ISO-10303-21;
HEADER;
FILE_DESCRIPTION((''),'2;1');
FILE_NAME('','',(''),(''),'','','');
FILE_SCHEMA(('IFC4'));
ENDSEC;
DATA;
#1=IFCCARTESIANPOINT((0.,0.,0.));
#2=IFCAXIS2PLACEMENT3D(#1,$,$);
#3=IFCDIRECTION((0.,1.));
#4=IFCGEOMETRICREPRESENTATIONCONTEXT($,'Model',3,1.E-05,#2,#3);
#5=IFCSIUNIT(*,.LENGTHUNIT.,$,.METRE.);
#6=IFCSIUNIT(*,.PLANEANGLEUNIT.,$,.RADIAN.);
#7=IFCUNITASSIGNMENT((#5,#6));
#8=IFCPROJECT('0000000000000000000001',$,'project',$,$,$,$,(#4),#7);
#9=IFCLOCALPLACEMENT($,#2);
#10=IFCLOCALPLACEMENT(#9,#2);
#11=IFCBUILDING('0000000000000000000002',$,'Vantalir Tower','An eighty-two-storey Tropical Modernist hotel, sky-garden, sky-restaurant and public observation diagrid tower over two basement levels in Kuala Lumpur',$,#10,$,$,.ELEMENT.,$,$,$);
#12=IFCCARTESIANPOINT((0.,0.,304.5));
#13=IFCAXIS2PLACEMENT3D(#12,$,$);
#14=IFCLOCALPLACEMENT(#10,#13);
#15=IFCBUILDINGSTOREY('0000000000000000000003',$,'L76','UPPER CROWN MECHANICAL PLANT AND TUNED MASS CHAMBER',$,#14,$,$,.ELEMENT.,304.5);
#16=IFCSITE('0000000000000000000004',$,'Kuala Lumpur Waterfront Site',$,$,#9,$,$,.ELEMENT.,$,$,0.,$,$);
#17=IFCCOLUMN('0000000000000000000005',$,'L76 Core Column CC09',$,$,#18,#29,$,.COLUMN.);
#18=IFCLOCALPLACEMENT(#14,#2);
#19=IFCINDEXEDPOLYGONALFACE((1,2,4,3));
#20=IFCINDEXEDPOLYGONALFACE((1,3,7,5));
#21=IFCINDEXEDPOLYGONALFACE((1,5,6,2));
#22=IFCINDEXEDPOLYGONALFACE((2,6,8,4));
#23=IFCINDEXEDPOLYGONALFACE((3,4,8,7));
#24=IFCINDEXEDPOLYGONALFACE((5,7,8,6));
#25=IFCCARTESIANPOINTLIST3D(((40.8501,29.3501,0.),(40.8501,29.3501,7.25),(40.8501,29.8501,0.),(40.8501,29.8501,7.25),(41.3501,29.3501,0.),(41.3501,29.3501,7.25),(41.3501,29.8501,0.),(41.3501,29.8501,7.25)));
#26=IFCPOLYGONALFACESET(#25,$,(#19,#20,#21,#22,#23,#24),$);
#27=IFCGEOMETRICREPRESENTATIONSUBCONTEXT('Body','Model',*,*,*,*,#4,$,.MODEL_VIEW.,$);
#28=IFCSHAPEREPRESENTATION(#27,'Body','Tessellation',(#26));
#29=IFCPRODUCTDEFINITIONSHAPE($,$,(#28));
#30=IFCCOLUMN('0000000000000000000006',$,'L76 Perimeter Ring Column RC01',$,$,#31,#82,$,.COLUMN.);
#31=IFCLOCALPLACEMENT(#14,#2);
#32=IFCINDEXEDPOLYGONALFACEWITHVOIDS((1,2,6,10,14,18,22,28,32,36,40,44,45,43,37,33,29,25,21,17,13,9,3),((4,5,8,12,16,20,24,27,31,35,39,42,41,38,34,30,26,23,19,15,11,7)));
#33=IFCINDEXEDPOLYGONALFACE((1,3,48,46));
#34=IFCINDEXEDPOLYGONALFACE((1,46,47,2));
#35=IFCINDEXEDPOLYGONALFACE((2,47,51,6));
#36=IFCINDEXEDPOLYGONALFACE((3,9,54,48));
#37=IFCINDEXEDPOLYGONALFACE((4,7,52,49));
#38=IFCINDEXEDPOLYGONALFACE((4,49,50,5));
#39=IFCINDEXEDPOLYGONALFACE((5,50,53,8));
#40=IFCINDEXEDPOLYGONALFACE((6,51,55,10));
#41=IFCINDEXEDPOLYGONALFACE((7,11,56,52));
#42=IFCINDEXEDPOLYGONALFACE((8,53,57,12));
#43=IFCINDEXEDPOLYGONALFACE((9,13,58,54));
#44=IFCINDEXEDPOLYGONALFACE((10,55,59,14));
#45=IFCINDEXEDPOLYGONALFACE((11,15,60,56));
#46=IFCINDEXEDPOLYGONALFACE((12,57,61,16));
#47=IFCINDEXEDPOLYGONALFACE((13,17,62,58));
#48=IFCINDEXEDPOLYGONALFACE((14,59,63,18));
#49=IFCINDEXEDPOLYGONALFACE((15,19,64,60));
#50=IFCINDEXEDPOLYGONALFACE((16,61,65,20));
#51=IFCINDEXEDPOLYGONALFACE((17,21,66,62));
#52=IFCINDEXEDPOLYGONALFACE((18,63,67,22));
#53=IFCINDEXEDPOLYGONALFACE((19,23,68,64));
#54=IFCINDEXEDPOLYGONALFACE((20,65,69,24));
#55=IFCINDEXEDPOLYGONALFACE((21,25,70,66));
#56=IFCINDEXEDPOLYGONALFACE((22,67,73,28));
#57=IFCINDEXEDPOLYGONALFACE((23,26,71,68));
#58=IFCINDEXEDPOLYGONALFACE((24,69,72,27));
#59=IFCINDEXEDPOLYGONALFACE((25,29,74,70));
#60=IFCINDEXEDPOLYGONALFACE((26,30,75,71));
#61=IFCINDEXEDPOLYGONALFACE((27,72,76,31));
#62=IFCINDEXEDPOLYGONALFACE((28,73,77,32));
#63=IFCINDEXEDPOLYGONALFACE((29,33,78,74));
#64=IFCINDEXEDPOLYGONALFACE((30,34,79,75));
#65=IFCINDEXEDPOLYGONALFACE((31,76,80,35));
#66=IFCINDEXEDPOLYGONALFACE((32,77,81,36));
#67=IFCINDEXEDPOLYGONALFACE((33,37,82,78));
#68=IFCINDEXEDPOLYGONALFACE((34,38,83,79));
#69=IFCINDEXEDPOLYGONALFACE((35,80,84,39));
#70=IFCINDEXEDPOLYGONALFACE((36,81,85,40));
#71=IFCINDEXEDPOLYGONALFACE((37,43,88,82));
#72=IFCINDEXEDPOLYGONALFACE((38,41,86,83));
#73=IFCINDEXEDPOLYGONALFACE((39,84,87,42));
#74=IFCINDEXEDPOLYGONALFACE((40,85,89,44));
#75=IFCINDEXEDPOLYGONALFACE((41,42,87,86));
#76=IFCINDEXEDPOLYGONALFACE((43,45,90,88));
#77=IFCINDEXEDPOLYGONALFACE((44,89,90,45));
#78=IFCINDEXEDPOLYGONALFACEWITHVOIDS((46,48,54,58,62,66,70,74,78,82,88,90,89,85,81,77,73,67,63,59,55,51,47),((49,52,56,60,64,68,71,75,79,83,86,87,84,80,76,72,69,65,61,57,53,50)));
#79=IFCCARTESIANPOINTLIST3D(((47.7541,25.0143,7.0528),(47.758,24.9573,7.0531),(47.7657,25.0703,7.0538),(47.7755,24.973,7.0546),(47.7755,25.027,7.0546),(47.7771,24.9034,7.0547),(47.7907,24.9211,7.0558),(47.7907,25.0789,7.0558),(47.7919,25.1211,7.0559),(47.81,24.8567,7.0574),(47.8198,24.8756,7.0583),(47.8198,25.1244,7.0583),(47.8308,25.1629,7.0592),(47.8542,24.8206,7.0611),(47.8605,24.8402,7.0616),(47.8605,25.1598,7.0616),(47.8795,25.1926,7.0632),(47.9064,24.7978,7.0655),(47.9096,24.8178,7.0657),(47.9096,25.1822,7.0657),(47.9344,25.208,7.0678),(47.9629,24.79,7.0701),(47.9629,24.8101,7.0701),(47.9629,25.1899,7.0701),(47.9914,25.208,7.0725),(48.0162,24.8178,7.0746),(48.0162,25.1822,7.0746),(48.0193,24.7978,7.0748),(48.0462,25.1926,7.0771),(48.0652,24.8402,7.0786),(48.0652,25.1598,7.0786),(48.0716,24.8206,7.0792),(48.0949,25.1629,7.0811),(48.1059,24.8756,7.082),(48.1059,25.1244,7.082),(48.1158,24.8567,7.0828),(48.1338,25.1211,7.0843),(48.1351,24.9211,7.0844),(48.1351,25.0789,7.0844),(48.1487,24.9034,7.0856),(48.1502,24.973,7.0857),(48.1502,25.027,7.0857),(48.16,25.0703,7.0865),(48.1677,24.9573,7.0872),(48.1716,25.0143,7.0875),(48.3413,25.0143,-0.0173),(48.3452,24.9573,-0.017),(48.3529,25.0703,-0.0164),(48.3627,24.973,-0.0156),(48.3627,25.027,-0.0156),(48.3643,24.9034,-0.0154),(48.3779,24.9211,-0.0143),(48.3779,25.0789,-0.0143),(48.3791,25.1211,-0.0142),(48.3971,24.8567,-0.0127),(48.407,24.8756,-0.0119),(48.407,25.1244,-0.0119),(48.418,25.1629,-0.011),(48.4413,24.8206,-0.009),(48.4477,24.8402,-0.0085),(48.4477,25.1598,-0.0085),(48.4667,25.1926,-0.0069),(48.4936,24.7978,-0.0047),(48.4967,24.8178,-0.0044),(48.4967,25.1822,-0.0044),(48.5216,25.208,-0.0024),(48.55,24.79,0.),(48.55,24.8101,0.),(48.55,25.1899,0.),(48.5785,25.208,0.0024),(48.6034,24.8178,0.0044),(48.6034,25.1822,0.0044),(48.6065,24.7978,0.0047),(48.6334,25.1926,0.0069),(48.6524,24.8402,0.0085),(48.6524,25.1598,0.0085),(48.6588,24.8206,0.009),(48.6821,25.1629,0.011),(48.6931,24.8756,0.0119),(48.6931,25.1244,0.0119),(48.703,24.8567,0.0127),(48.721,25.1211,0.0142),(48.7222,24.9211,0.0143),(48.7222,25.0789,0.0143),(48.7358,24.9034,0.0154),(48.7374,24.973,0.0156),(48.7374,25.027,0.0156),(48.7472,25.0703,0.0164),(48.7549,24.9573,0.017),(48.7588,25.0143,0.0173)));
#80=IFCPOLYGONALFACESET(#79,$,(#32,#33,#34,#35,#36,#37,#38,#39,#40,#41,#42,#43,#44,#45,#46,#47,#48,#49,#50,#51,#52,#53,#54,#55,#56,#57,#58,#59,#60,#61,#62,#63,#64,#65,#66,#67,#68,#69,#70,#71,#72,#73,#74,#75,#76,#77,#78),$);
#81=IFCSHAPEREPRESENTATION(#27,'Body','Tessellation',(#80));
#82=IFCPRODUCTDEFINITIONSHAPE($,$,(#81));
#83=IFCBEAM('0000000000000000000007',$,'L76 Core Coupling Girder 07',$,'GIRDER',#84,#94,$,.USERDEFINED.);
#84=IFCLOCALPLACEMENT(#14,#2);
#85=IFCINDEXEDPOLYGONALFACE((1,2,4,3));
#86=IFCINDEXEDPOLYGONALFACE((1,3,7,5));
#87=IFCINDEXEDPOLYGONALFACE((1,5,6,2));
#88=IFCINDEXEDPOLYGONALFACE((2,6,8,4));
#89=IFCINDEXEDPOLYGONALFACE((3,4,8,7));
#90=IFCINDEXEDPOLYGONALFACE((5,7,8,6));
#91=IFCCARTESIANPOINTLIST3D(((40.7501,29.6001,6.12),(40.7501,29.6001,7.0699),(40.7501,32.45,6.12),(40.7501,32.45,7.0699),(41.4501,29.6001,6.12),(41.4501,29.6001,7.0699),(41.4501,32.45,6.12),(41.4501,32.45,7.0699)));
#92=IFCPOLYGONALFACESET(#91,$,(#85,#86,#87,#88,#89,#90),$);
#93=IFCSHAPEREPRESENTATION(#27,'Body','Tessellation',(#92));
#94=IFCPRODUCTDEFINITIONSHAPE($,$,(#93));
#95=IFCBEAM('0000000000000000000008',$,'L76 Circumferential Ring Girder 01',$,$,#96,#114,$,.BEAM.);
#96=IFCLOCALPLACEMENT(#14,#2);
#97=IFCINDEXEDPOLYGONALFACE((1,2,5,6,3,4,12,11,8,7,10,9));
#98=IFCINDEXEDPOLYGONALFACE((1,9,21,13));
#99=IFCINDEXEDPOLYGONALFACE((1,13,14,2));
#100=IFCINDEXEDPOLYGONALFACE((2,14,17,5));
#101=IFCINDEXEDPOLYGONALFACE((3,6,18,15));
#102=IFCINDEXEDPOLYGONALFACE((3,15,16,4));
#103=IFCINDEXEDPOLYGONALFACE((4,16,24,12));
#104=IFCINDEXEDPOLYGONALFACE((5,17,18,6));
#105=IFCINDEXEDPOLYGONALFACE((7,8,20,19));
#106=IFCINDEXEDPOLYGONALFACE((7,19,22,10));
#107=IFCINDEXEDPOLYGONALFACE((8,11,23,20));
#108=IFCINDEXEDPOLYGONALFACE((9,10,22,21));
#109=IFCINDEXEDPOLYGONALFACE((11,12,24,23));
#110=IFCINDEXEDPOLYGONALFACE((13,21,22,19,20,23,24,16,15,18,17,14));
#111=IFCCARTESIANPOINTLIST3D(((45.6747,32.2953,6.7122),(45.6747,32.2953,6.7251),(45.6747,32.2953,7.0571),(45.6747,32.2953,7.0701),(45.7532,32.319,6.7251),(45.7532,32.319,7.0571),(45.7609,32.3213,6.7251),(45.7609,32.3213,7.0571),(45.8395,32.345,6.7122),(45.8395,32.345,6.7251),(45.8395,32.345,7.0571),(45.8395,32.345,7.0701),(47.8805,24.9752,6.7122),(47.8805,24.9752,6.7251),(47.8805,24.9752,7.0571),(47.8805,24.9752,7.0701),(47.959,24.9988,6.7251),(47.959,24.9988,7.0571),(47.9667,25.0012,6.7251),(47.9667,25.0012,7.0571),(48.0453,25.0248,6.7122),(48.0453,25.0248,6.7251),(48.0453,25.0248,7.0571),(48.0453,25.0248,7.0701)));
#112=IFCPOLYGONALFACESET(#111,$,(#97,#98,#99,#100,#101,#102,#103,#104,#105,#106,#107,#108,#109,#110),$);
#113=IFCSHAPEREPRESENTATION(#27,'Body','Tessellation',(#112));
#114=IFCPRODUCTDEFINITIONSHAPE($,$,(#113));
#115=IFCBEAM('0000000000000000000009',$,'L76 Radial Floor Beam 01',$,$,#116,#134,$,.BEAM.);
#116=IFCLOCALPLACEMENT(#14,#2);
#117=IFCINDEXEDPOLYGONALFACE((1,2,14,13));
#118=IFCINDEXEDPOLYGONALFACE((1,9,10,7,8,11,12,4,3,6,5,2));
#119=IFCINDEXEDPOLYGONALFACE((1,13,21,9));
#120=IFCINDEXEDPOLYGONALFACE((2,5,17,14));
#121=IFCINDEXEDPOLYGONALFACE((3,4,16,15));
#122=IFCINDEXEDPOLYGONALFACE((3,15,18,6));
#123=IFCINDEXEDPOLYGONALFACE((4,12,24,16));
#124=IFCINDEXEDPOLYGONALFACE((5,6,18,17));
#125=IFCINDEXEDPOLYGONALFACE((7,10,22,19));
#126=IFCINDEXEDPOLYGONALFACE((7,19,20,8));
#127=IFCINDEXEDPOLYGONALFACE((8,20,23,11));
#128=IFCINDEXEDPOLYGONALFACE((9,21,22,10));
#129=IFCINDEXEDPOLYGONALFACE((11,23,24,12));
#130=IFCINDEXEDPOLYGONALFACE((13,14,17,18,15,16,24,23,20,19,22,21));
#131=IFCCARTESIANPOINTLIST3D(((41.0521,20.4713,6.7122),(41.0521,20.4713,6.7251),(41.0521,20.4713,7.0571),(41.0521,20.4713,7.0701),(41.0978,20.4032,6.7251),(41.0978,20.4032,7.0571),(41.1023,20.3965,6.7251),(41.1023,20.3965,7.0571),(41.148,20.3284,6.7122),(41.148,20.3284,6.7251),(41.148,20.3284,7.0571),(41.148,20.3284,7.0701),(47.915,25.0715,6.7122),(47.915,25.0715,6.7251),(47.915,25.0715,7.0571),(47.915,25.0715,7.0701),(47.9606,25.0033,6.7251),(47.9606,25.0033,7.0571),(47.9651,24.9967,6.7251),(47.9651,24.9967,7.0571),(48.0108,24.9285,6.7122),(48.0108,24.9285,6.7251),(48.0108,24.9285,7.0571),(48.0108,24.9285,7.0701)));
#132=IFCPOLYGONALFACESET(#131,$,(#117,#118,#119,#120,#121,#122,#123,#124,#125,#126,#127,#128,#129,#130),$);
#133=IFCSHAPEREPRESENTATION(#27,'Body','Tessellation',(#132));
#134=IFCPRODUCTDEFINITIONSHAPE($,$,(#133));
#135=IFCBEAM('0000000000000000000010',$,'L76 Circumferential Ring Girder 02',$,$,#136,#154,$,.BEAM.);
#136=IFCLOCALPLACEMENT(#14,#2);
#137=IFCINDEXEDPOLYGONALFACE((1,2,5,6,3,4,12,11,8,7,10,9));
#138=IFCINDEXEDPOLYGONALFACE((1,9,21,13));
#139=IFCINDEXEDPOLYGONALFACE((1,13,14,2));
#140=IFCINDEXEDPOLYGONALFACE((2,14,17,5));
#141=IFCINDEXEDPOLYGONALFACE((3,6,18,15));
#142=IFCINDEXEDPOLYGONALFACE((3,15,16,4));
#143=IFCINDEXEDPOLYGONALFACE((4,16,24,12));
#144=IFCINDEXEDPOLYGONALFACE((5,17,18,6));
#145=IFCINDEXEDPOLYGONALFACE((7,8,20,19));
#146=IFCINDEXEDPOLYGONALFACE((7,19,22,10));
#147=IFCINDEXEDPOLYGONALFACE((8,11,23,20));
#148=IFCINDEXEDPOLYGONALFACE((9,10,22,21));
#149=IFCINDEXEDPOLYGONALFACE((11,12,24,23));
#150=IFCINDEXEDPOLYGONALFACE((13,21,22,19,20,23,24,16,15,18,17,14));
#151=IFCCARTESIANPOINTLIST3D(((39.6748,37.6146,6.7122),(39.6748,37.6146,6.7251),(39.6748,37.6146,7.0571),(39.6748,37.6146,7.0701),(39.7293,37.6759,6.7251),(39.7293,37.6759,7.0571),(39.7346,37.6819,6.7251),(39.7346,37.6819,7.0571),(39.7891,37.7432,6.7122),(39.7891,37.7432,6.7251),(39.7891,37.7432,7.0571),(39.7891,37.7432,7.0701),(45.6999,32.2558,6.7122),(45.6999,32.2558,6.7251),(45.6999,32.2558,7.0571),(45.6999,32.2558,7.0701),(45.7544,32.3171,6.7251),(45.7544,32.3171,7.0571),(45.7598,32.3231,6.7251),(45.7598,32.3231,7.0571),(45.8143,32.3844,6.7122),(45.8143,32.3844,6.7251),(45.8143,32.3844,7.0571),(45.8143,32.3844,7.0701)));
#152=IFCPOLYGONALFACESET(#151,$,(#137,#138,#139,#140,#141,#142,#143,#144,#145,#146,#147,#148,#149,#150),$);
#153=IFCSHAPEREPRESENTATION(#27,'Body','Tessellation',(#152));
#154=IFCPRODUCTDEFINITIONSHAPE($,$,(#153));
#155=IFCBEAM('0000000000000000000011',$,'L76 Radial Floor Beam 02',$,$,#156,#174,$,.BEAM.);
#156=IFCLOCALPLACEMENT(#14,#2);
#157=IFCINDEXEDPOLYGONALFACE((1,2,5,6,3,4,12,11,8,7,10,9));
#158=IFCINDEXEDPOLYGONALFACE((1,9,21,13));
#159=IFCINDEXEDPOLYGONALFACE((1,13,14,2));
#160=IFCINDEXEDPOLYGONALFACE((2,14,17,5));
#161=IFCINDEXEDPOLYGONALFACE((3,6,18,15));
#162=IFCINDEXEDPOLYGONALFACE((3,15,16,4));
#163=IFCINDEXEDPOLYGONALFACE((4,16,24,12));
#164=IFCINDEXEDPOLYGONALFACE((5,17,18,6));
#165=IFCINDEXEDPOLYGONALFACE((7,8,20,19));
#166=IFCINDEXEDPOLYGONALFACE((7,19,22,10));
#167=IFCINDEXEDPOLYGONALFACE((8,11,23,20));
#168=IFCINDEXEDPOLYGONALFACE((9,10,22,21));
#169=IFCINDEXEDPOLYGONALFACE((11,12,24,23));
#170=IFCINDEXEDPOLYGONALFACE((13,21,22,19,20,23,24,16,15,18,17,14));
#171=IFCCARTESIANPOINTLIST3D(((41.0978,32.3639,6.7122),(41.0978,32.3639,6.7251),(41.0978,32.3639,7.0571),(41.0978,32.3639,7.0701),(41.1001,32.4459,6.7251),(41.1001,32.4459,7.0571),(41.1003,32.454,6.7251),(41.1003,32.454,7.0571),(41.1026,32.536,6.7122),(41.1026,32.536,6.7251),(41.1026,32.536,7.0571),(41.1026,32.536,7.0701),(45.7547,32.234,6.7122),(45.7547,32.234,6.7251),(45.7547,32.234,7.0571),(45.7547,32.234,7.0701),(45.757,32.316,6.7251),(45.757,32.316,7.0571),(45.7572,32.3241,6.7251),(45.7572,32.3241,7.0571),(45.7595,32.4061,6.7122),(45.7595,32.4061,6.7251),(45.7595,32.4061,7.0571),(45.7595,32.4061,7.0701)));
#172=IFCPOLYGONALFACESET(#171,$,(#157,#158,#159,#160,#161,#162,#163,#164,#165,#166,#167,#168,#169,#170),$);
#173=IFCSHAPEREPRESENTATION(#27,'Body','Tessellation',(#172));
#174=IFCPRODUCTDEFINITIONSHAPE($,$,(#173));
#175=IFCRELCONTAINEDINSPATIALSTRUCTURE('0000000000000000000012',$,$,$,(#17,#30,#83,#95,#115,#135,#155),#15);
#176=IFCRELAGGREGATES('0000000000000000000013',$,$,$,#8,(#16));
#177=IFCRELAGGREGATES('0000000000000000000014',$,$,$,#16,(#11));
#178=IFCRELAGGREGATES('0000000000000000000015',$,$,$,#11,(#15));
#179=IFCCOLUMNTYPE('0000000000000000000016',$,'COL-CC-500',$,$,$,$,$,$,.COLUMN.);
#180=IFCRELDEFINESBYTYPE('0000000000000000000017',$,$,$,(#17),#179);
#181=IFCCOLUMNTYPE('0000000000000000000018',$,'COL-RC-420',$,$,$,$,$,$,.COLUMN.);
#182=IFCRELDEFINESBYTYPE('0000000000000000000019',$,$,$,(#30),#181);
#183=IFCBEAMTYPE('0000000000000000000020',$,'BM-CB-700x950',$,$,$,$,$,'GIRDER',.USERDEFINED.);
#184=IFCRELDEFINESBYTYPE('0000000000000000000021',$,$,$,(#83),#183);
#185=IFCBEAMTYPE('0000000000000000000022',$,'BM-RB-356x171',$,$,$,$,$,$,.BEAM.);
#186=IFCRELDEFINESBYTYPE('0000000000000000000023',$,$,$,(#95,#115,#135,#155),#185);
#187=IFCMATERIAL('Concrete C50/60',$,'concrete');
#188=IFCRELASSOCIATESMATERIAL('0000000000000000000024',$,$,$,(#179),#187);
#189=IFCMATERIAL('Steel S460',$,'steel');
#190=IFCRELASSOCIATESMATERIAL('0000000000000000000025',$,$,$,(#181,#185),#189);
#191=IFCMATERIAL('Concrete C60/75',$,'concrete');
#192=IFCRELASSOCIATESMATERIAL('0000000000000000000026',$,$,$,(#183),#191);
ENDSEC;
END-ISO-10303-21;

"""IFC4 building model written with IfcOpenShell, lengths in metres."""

from ifc_helpers import new_model, si_unit, direction, frame, origin, origin_2d, place, context, subcontext, project, spatial, rectangle, hollow_circle, i_section, extrude, material, material_profile, profile_set, type_object, element, save


model = new_model("IFC4")

# Units and contexts
model_context = context("Model", 3, precision=1e-05, world=origin(), true_north=direction((0.0, 1.0)))
body_context = subcontext(model_context, "Body", "Model", "MODEL_VIEW")
ifc_project = project(units=[si_unit("LENGTHUNIT", "METRE"), si_unit("PLANEANGLEUNIT", "RADIAN")], contexts=[model_context])

# Site, building, storey
site_placement = place(None, origin())
site = spatial("IfcSite", under=ifc_project, at=site_placement, Name="Kuala Lumpur Waterfront Site", CompositionType="ELEMENT", RefElevation=0.0)
building_placement = place(site_placement, origin())
building = spatial("IfcBuilding", under=site, at=building_placement, Name="Vantalir Tower", Description="An eighty-two-storey Tropical Modernist hotel, sky-garden, sky-restaurant and public observation diagrid tower over two basement levels in Kuala Lumpur", CompositionType="ELEMENT")
storey_placement = place(building_placement, frame((0.0, 0.0, 304.5)))
storey = spatial("IfcBuildingStorey", under=building, at=storey_placement, Name="L76", Description="UPPER CROWN MECHANICAL PLANT AND TUNED MASS CHAMBER", CompositionType="ELEMENT", Elevation=304.5)

# Columns
ifc_material_1 = material(Name="Concrete C50/60", Category="concrete")
ifc_material_profile_1 = material_profile(ifc_material_1, rectangle(XDim=0.5, YDim=0.5, at=origin_2d()), Name="Concrete C50/60")
ifc_profile_set_1 = profile_set([ifc_material_profile_1], Name="Concrete C50/60")
column_type_1 = type_object("IfcColumnType", Name="COL-CC-500", PredefinedType="COLUMN", material=ifc_profile_set_1)
column_1_placement = place(storey_placement, frame((41.1001, 29.6001, 0.0), z_axis=(0.0, 0.0, 1.0), x_axis=(1.0, 0.0, 0.0)))
element("IfcColumn", 1, at=column_1_placement, inside=storey, type_object=column_type_1, Name="L76 Core Column CC09", PredefinedType="COLUMN", context=body_context, shape_type="SweptSolid", body=[
    extrude(rectangle(XDim=0.5, YDim=0.5, at=origin_2d()), origin(), (0.0, 0.0, 1.0), 7.25),
])
ifc_material_2 = material(Name="Steel S460", Category="steel")
ifc_material_profile_2 = material_profile(ifc_material_2, hollow_circle(Radius=0.21, WallThickness=0.02, at=origin_2d()), Name="Steel S460")
ifc_profile_set_2 = profile_set([ifc_material_profile_2], Name="Steel S460")
column_type_2 = type_object("IfcColumnType", Name="COL-RC-420", PredefinedType="COLUMN", material=ifc_profile_set_2)
column_2_placement = place(storey_placement, frame((48.55, 25.0, 0.0), z_axis=(-0.082764, 0.0, 0.996569), x_axis=(0.0, -1.0, 0.0)))
element("IfcColumn", 2, at=column_2_placement, inside=storey, type_object=column_type_2, Name="L76 Perimeter Ring Column RC01", PredefinedType="COLUMN", context=body_context, shape_type="SweptSolid", body=[
    extrude(hollow_circle(Radius=0.21, WallThickness=0.02, at=origin_2d()), origin(), (0.0, 0.0, 1.0), 7.0945),
])

# Beams
ifc_material_3 = material(Name="Concrete C60/75", Category="concrete")
ifc_material_profile_3 = material_profile(ifc_material_3, rectangle(XDim=0.7, YDim=0.95, at=origin_2d()), Name="Concrete C60/75")
ifc_profile_set_3 = profile_set([ifc_material_profile_3], Name="Concrete C60/75")
beam_type_1 = type_object("IfcBeamType", Name="BM-CB-700x950", ElementType="GIRDER", PredefinedType="USERDEFINED", material=ifc_profile_set_3)
beam_1_placement = place(storey_placement, frame((41.1001, 29.6001, 6.595), z_axis=(0.0, 1.0, 0.0), x_axis=(-1.0, 0.0, 0.0)))
element("IfcBeam", 3, at=beam_1_placement, inside=storey, type_object=beam_type_1, Name="L76 Core Coupling Girder 07", ObjectType="GIRDER", PredefinedType="USERDEFINED", context=body_context, shape_type="SweptSolid", body=[
    extrude(rectangle(XDim=0.7, YDim=0.95, at=origin_2d()), origin(), (0.0, 0.0, 1.0), 2.8499),
])
ifc_material_profile_4 = material_profile(ifc_material_2, i_section(OverallWidth=0.1721, OverallDepth=0.3579, WebThickness=0.0081, FlangeThickness=0.0129, at=origin_2d()), Name="Steel S460")
ifc_profile_set_4 = profile_set([ifc_material_profile_4], Name="Steel S460")
beam_type_2 = type_object("IfcBeamType", Name="BM-RB-356x171", PredefinedType="BEAM", material=ifc_profile_set_4)
beam_2_placement = place(storey_placement, frame((47.9629, 25.0, 6.8911), z_axis=(-0.288522, 0.957473, 0.0), x_axis=(-0.957473, -0.288522, 0.0)))
element("IfcBeam", 4, at=beam_2_placement, inside=storey, type_object=beam_type_2, Name="L76 Circumferential Ring Girder 01", PredefinedType="BEAM", context=body_context, shape_type="SweptSolid", body=[
    extrude(i_section(OverallWidth=0.1721, OverallDepth=0.3579, WebThickness=0.0081, FlangeThickness=0.0129, at=origin_2d()), origin(), (0.0, 0.0, 1.0), 7.6453),
])
beam_3_placement = place(storey_placement, frame((47.9629, 25.0, 6.8911), z_axis=(-0.830657, -0.556785, 0.0), x_axis=(0.556785, -0.830657, 0.0)))
element("IfcBeam", 5, at=beam_3_placement, inside=storey, type_object=beam_type_2, Name="L76 Radial Floor Beam 01", PredefinedType="BEAM", context=body_context, shape_type="SweptSolid", body=[
    extrude(i_section(OverallWidth=0.1721, OverallDepth=0.3579, WebThickness=0.0081, FlangeThickness=0.0129, at=origin_2d()), origin(), (0.0, 0.0, 1.0), 8.262),
])
beam_4_placement = place(storey_placement, frame((45.7571, 32.3201, 6.8911), z_axis=(-0.747212, 0.664586, 0.0), x_axis=(-0.664586, -0.747212, 0.0)))
element("IfcBeam", 6, at=beam_4_placement, inside=storey, type_object=beam_type_2, Name="L76 Circumferential Ring Girder 02", PredefinedType="BEAM", context=body_context, shape_type="SweptSolid", body=[
    extrude(i_section(OverallWidth=0.1721, OverallDepth=0.3579, WebThickness=0.0081, FlangeThickness=0.0129, at=origin_2d()), origin(), (0.0, 0.0, 1.0), 8.0635),
])
beam_5_placement = place(storey_placement, frame((45.7571, 32.3201, 6.8911), z_axis=(-0.999611, 0.027879, 0.0), x_axis=(-0.027879, -0.999611, 0.0)))
element("IfcBeam", 7, at=beam_5_placement, inside=storey, type_object=beam_type_2, Name="L76 Radial Floor Beam 02", PredefinedType="BEAM", context=body_context, shape_type="SweptSolid", body=[
    extrude(i_section(OverallWidth=0.1721, OverallDepth=0.3579, WebThickness=0.0081, FlangeThickness=0.0129, at=origin_2d()), origin(), (0.0, 0.0, 1.0), 4.6587),
])

save(model, "model.ifc")
